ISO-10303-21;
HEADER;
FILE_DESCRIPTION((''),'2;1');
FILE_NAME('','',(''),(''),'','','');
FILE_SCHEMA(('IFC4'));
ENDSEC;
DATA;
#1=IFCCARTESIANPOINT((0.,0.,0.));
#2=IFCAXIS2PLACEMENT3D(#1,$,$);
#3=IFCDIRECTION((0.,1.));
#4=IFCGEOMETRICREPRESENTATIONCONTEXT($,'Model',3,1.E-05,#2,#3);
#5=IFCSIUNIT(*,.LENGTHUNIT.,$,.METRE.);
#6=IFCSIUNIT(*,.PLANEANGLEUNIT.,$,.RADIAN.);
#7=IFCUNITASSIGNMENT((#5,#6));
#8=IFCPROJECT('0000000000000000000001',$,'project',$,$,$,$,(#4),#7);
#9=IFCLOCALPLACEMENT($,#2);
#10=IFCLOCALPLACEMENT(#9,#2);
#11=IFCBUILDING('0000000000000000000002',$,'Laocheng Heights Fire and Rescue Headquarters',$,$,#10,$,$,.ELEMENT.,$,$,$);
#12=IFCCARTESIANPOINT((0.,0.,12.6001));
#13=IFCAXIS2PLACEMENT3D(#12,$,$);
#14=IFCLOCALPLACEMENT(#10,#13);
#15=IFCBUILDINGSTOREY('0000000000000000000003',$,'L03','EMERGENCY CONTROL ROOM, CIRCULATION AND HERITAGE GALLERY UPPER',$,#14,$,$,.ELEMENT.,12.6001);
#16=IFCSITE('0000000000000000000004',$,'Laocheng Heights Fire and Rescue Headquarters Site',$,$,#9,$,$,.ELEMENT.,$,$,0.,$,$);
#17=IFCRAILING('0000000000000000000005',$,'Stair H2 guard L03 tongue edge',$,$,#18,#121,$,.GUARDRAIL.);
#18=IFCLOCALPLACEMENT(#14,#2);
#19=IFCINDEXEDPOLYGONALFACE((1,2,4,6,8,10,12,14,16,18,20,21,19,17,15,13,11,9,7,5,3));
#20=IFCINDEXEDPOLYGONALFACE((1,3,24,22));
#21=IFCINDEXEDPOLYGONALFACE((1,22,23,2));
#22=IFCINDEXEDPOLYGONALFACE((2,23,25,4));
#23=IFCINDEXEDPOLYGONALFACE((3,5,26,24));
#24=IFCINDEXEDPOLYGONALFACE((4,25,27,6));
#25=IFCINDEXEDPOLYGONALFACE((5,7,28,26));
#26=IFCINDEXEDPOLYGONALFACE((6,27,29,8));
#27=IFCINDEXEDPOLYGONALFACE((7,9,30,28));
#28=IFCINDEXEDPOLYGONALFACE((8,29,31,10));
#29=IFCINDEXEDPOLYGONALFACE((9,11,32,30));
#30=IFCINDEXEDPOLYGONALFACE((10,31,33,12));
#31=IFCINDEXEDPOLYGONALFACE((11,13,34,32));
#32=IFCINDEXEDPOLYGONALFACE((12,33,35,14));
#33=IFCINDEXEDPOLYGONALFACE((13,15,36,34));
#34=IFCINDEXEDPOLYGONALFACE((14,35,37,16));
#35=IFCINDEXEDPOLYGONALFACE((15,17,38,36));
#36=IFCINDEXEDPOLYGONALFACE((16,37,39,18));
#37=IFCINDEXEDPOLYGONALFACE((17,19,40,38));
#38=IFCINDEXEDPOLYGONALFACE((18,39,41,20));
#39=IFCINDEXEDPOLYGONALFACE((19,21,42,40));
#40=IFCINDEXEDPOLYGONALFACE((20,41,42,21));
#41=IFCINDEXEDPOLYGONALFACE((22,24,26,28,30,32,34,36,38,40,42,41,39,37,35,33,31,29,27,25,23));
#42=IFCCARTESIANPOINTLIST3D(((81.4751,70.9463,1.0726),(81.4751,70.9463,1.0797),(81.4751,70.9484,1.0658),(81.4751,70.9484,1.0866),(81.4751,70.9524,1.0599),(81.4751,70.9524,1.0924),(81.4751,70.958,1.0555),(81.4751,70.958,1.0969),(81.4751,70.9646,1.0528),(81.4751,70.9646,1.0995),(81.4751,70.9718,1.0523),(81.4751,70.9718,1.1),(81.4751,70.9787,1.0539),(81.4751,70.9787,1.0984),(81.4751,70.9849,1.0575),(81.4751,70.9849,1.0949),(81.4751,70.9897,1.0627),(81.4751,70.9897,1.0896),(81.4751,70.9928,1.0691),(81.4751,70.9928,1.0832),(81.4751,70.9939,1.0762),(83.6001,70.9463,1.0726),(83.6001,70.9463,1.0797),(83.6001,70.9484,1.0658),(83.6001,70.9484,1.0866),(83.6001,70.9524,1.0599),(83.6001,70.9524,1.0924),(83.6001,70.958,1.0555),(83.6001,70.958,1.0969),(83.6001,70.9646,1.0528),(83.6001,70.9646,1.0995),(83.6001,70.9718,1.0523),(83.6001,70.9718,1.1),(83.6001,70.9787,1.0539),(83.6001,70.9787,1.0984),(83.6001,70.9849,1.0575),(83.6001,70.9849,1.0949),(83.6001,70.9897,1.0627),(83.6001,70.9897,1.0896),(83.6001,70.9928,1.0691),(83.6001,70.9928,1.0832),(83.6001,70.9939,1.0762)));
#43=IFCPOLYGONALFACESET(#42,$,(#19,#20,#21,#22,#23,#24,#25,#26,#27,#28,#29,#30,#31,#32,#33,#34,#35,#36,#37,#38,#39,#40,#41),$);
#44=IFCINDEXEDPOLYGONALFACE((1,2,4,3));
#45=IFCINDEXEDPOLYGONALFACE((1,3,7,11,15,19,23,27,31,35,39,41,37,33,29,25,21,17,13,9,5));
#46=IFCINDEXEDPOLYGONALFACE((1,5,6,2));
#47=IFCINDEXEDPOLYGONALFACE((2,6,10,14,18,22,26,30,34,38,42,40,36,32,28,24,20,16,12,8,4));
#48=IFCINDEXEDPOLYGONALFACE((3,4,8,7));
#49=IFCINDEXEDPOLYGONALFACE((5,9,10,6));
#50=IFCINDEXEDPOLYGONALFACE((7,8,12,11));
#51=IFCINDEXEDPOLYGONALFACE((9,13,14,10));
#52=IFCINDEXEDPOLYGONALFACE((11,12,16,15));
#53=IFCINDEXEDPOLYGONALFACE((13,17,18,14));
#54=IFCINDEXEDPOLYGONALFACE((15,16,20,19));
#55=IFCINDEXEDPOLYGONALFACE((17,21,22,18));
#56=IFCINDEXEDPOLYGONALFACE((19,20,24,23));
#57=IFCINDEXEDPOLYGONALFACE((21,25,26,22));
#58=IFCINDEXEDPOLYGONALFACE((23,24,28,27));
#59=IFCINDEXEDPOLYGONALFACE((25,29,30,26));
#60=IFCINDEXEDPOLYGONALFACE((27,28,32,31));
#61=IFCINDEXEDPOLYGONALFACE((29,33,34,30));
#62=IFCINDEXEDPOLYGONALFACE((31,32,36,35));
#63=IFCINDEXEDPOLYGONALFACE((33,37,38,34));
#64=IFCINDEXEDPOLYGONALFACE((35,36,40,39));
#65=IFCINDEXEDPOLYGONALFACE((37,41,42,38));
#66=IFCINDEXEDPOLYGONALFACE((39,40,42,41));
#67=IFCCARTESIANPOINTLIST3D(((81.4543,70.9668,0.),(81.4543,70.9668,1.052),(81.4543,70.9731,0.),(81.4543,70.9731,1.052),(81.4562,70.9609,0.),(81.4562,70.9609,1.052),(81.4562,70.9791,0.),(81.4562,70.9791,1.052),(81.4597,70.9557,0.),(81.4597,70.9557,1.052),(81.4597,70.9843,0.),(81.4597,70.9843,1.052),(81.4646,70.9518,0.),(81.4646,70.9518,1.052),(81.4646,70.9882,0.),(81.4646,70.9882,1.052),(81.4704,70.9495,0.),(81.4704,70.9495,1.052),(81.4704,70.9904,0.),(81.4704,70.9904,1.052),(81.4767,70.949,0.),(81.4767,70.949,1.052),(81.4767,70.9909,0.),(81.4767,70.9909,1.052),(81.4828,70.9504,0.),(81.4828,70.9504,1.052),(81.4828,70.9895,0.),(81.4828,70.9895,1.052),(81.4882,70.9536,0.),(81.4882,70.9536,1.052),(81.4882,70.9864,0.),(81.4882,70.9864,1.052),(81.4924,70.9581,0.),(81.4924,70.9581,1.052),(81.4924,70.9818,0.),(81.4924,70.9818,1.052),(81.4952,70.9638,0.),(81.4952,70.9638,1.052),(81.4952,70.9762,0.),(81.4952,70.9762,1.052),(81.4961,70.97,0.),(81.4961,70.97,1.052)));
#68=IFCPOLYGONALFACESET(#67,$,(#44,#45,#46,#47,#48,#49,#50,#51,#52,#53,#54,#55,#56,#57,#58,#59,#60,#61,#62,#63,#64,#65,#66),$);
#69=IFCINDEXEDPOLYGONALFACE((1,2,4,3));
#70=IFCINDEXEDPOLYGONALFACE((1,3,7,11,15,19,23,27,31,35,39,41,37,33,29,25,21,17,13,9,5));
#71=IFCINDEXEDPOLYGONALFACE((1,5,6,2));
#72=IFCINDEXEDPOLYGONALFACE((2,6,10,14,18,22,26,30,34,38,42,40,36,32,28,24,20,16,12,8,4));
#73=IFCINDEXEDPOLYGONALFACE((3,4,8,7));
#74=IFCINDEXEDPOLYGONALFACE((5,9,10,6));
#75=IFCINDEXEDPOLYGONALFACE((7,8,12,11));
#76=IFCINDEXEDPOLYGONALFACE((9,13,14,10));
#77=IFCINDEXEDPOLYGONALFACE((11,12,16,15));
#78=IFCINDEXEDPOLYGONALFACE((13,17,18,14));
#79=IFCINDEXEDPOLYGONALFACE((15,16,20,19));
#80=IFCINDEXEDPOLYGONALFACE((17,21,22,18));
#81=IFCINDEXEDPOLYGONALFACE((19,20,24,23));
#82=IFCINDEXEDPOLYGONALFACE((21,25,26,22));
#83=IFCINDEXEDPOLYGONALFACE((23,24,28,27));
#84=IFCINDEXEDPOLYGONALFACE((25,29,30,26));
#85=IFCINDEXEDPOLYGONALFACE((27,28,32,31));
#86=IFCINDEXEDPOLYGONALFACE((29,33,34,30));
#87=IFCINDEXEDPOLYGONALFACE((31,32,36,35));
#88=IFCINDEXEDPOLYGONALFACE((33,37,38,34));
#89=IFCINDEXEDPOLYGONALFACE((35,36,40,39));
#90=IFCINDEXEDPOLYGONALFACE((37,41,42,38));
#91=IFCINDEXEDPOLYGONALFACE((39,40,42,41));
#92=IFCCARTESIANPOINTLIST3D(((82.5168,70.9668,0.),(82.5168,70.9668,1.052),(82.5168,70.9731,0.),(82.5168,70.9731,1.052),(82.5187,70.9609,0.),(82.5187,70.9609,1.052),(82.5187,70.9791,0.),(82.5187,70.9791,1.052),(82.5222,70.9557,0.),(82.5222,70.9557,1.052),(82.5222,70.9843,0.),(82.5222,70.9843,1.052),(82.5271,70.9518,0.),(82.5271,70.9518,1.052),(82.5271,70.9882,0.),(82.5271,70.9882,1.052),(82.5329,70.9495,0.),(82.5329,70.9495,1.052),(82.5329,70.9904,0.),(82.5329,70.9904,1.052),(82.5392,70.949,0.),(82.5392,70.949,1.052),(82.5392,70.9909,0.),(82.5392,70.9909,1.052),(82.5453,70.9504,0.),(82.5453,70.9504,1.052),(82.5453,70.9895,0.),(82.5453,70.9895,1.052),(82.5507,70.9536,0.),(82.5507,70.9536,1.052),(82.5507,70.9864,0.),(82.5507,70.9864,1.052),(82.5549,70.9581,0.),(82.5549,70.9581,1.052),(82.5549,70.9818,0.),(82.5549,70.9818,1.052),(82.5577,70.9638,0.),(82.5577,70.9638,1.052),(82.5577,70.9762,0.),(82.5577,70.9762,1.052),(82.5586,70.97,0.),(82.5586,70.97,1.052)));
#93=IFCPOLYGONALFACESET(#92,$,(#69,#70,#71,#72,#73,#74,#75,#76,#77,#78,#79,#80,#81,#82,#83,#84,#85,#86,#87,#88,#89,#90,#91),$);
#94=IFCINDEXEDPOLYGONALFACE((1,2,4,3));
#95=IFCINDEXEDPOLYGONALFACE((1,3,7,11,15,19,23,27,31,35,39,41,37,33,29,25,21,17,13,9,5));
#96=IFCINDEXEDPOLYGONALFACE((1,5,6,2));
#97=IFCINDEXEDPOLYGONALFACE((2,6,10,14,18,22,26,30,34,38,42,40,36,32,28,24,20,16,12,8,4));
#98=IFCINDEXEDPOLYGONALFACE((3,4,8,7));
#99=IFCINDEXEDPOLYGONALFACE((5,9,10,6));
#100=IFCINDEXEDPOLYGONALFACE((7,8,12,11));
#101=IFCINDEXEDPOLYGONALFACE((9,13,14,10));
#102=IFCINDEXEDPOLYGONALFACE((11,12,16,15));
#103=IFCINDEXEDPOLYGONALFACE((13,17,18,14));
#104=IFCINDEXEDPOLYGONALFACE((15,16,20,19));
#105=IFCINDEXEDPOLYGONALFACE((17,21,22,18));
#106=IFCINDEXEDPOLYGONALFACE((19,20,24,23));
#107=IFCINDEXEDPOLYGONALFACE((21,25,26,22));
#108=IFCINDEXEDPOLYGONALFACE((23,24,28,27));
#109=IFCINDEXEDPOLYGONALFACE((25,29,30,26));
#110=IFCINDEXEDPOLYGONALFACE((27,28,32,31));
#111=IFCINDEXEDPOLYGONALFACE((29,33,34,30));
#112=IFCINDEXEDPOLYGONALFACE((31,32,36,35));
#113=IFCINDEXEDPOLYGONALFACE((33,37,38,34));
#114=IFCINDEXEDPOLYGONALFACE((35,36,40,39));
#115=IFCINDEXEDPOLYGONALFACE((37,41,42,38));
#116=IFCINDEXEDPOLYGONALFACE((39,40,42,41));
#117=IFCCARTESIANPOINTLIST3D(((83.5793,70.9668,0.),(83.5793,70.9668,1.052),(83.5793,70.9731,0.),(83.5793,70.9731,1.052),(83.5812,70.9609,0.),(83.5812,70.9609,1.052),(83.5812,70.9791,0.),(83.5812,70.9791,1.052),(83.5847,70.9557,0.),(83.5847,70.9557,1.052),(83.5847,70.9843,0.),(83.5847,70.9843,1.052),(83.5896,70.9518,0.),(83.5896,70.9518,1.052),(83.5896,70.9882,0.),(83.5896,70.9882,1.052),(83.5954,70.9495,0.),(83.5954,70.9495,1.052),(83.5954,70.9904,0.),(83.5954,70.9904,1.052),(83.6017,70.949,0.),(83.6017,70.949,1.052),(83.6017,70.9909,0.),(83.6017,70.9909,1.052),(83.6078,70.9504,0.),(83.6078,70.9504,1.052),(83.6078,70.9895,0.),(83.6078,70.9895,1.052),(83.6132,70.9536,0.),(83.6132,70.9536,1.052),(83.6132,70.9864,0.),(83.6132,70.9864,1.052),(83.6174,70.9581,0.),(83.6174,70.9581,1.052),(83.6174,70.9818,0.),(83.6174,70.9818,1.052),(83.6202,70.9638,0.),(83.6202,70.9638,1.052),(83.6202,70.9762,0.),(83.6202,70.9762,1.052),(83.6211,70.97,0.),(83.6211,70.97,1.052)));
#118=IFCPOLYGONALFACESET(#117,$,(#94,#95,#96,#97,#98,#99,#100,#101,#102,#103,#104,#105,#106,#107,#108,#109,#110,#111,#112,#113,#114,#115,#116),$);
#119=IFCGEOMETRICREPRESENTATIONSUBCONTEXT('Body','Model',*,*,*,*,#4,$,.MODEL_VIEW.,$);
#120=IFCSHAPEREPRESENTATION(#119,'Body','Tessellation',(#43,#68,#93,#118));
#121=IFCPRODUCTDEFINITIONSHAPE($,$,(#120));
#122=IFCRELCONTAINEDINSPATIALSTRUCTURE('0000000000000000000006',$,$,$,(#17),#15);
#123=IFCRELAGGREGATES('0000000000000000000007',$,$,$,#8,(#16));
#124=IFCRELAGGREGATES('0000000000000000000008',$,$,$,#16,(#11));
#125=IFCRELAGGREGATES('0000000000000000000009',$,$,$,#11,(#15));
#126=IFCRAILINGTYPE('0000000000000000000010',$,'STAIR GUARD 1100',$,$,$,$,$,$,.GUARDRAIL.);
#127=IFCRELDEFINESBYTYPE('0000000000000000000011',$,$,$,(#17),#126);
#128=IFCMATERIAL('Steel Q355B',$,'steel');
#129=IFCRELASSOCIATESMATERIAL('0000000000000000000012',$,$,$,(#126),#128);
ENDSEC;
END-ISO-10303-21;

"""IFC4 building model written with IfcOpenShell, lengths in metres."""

from ifc_helpers import new_model, si_unit, direction, frame, origin, origin_2d, place, context, subcontext, project, spatial, circle, extrude, material, type_object, element, save


model = new_model("IFC4")

# Units and contexts
model_context = context("Model", 3, precision=1e-05, world=origin(), true_north=direction((0.0, 1.0)))
body_context = subcontext(model_context, "Body", "Model", "MODEL_VIEW")
ifc_project = project(units=[si_unit("LENGTHUNIT", "METRE"), si_unit("PLANEANGLEUNIT", "RADIAN")], contexts=[model_context])

# Site, building, storey
site_placement = place(None, origin())
site = spatial("IfcSite", under=ifc_project, at=site_placement, Name="Laocheng Heights Fire and Rescue Headquarters Site", CompositionType="ELEMENT", RefElevation=0.0)
building_placement = place(site_placement, origin())
building = spatial("IfcBuilding", under=site, at=building_placement, Name="Laocheng Heights Fire and Rescue Headquarters", CompositionType="ELEMENT")
storey_placement = place(building_placement, frame((0.0, 0.0, 12.6001)))
storey = spatial("IfcBuildingStorey", under=building, at=storey_placement, Name="L03", Description="EMERGENCY CONTROL ROOM, CIRCULATION AND HERITAGE GALLERY UPPER", CompositionType="ELEMENT", Elevation=12.6001)

# Railing
ifc_material_1 = material(Name="Steel Q355B", Category="steel")
railing_type_1 = type_object("IfcRailingType", Name="STAIR GUARD 1100", PredefinedType="GUARDRAIL", material=ifc_material_1)
railing_1_placement = place(storey_placement, frame((81.4751, 70.97, 0.0)))
element("IfcRailing", 1, at=railing_1_placement, inside=storey, type_object=railing_type_1, Name="Stair H2 guard L03 tongue edge", PredefinedType="GUARDRAIL", context=body_context, shape_type="SweptSolid", body=[
    extrude(circle(Radius=0.0239, at=origin_2d()), frame((0.0, 0.0, 1.0762), z_axis=(1.0, 0.0, 0.0), x_axis=(0.0, 1.0, 0.0)), (0.0, 0.0, 1.0), 2.125),
    extrude(circle(Radius=0.021, at=origin_2d()), origin(), (0.0, 0.0, 1.0), 1.052),
    extrude(circle(Radius=0.021, at=origin_2d()), frame((1.0625, 0.0, 0.0)), (0.0, 0.0, 1.0), 1.052),
    extrude(circle(Radius=0.021, at=origin_2d()), frame((2.125, 0.0, 0.0)), (0.0, 0.0, 1.0), 1.052),
])

save(model, "model.ifc")
